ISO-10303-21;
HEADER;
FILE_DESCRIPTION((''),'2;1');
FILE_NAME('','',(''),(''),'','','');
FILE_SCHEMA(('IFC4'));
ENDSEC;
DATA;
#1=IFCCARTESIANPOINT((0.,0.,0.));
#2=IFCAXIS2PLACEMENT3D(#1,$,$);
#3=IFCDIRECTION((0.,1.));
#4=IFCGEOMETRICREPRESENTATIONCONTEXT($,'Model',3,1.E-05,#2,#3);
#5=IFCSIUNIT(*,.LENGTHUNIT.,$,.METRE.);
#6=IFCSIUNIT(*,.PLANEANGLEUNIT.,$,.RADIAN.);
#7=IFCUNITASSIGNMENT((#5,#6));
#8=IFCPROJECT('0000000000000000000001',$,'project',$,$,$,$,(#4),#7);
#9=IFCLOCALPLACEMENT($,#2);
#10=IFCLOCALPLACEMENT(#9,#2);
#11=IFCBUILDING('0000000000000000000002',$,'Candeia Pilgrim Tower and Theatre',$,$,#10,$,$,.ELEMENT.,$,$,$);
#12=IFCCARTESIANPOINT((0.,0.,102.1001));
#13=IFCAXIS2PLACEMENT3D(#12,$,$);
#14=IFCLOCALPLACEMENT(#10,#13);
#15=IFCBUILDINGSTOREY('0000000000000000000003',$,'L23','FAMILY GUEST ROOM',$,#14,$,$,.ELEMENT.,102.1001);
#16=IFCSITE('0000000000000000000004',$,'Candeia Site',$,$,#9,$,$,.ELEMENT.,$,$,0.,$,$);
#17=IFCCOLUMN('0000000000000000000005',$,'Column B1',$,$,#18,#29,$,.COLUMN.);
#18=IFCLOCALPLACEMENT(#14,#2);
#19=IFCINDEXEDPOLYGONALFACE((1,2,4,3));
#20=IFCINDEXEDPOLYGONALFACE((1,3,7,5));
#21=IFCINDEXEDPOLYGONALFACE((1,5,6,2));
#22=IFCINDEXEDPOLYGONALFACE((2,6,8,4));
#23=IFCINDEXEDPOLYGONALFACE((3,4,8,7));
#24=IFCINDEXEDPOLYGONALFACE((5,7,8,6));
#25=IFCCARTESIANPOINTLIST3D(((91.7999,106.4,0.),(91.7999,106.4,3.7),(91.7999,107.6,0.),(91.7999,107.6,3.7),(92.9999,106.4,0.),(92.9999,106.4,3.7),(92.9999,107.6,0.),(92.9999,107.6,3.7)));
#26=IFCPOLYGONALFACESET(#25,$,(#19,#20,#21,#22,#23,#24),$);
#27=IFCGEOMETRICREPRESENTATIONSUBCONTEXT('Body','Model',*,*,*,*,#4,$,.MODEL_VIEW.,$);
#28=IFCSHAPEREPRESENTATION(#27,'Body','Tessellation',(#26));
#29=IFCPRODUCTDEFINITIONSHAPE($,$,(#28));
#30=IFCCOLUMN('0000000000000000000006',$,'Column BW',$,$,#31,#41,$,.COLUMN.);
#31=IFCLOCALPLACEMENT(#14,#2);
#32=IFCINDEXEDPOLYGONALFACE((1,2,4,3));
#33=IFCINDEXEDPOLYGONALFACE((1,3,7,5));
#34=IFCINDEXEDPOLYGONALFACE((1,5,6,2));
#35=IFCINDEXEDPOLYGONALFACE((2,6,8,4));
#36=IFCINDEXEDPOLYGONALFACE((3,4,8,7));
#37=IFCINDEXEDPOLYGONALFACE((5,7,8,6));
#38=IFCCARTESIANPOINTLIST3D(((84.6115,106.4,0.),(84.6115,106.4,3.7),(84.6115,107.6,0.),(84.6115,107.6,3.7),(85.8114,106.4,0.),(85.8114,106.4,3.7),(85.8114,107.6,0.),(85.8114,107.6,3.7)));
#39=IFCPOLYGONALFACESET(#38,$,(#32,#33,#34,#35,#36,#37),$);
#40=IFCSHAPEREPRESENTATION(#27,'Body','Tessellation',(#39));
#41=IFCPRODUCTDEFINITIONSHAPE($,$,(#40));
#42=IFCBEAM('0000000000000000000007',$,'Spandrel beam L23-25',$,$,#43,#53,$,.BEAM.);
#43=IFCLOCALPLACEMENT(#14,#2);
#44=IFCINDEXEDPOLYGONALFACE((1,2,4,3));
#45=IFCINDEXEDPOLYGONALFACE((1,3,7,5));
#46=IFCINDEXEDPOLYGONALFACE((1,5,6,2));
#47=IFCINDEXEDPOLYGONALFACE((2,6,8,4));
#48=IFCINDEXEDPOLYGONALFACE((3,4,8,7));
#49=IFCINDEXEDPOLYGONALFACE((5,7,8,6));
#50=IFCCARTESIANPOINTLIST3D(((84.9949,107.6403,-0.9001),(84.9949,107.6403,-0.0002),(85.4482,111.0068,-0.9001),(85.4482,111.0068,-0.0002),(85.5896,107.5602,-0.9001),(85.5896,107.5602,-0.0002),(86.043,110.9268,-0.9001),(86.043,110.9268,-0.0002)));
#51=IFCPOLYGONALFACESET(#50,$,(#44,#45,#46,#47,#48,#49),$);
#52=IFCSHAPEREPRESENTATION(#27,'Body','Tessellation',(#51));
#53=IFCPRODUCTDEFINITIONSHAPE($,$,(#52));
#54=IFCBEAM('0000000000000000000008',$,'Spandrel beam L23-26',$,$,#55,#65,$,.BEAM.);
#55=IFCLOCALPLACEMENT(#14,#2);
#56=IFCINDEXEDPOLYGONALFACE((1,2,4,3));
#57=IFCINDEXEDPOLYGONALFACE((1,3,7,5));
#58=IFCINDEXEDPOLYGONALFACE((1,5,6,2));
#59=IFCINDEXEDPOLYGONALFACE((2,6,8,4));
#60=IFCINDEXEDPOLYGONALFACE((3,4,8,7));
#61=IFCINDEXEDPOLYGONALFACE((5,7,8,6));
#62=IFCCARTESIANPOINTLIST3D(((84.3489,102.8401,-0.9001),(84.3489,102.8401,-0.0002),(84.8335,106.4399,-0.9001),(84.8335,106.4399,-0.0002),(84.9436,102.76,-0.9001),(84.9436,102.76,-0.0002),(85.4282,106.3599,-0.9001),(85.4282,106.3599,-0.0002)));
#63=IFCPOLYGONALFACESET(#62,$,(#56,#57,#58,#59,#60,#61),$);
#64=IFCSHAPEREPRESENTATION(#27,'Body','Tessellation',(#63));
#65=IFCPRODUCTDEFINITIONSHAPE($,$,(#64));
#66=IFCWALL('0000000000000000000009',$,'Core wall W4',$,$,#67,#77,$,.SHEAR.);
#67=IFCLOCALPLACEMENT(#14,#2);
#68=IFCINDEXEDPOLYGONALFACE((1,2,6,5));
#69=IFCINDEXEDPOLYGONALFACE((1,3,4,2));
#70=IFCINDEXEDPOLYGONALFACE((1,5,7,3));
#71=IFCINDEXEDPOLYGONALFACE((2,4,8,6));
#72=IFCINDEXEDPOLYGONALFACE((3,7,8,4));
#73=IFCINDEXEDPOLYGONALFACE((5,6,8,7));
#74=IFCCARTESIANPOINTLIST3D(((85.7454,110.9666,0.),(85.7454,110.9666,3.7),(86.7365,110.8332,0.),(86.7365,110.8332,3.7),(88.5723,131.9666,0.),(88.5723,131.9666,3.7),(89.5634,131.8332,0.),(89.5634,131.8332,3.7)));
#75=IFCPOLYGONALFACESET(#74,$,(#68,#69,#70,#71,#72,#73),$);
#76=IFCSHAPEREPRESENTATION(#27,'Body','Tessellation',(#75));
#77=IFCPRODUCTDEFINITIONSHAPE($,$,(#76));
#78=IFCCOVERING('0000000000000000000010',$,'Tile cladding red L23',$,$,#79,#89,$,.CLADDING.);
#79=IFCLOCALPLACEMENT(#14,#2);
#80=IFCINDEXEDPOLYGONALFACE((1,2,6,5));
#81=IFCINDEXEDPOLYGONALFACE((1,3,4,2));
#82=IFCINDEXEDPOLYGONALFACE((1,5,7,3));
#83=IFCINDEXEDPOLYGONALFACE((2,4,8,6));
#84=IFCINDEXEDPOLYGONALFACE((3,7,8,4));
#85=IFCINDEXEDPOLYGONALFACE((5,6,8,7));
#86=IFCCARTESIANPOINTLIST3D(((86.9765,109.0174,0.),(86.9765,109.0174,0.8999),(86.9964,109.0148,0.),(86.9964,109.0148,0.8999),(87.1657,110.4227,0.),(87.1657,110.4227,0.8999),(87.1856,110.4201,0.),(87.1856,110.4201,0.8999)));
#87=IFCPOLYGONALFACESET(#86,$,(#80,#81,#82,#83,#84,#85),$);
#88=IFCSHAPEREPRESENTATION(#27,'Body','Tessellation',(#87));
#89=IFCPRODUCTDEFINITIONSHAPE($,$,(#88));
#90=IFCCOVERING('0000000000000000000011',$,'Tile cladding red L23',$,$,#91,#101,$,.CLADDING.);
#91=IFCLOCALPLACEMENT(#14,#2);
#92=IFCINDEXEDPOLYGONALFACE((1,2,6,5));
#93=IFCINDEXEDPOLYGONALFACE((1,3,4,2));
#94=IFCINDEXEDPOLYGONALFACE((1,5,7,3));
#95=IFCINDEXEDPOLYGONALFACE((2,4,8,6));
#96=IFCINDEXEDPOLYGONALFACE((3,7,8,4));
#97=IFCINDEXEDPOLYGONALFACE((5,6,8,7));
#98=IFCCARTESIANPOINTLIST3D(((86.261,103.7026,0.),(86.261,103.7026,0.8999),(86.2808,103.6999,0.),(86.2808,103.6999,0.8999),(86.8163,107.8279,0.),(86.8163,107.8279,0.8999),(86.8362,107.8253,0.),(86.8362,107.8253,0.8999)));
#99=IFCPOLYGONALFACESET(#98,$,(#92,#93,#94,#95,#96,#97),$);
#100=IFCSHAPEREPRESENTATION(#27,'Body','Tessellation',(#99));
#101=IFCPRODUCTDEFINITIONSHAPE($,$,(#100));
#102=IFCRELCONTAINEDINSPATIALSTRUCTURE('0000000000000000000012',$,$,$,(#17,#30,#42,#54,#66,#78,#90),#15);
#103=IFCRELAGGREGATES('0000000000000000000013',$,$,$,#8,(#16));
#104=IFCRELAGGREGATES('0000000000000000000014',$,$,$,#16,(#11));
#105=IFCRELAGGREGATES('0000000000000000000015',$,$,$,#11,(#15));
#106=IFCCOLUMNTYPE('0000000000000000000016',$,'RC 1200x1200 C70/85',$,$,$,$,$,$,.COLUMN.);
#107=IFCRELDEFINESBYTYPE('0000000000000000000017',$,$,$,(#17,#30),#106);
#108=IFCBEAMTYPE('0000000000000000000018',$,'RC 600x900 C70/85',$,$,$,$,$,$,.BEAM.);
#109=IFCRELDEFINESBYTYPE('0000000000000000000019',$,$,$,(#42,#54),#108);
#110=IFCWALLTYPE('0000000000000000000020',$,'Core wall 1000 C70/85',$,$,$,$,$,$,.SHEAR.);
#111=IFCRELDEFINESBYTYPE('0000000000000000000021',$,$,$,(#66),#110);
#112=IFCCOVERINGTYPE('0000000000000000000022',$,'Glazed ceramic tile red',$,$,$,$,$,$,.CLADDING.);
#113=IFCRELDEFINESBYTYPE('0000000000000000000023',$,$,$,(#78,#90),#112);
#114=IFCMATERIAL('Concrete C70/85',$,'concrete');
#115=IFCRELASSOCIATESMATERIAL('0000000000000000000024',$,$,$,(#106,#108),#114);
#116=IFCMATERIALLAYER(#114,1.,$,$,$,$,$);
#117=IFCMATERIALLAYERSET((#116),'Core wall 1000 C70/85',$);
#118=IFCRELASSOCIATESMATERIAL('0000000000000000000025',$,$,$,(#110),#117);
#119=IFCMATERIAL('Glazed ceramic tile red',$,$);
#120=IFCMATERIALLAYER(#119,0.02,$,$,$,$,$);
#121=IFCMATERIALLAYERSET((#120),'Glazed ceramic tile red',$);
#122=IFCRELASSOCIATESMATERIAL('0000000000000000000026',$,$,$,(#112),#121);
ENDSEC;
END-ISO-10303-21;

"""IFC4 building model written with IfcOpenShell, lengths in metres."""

from ifc_helpers import new_model, si_unit, direction, frame, frame_2d, origin, origin_2d, place, context, subcontext, project, spatial, rectangle, extrude, material, layer, layer_set, material_profile, profile_set, type_object, element, save


model = new_model("IFC4")

# Units and contexts
model_context = context("Model", 3, precision=1e-05, world=origin(), true_north=direction((0.0, 1.0)))
body_context = subcontext(model_context, "Body", "Model", "MODEL_VIEW")
ifc_project = project(units=[si_unit("LENGTHUNIT", "METRE"), si_unit("PLANEANGLEUNIT", "RADIAN")], contexts=[model_context])

# Site, building, storey
site_placement = place(None, origin())
site = spatial("IfcSite", under=ifc_project, at=site_placement, Name="Candeia Site", CompositionType="ELEMENT", RefElevation=0.0)
building_placement = place(site_placement, origin())
building = spatial("IfcBuilding", under=site, at=building_placement, Name="Candeia Pilgrim Tower and Theatre", CompositionType="ELEMENT")
storey_placement = place(building_placement, frame((0.0, 0.0, 102.1001)))
storey = spatial("IfcBuildingStorey", under=building, at=storey_placement, Name="L23", Description="FAMILY GUEST ROOM", CompositionType="ELEMENT", Elevation=102.1001)

# Columns
ifc_material_1 = material(Name="Concrete C70/85", Category="concrete")
ifc_material_profile_1 = material_profile(ifc_material_1, rectangle(XDim=1.2, YDim=1.2, at=origin_2d()))
ifc_profile_set_1 = profile_set([ifc_material_profile_1], Name="Concrete C70/85")
column_type = type_object("IfcColumnType", Name="RC 1200x1200 C70/85", PredefinedType="COLUMN", material=ifc_profile_set_1)
for number, where, z_axis, x_axis, name in (
    (1, (92.3999, 107.0, 0.0), (0.0, 0.0, 1.0), (1.0, 0.0, 0.0), "Column B1"),
    (2, (85.2114, 107.0, 0.0), (0.0, 0.0, 1.0), (1.0, 0.0, 0.0), "Column BW"),
):
    element("IfcColumn", number, at=place(storey_placement, frame(where, z_axis=z_axis, x_axis=x_axis)), inside=storey, type_object=column_type, Name=name, PredefinedType="COLUMN", context=body_context, shape_type="SweptSolid", body=[
        extrude(rectangle(XDim=1.2, YDim=1.2, at=origin_2d()), origin(), (0.0, 0.0, 1.0), 3.7),
    ])

# Beams
ifc_material_profile_2 = material_profile(ifc_material_1, rectangle(XDim=0.6001, YDim=0.8999, at=origin_2d()))
ifc_profile_set_2 = profile_set([ifc_material_profile_2], Name="Concrete C70/85")
beam_type = type_object("IfcBeamType", Name="RC 600x900 C70/85", PredefinedType="BEAM", material=ifc_profile_set_2)
beam_1_placement = place(storey_placement, frame((85.7456, 110.9668, -0.4502), z_axis=(-0.133458, -0.991054, 0.0), x_axis=(0.991054, -0.133458, 0.0)))
element("IfcBeam", 3, at=beam_1_placement, inside=storey, type_object=beam_type, Name="Spandrel beam L23-25", PredefinedType="BEAM", context=body_context, shape_type="SweptSolid", body=[
    extrude(rectangle(XDim=0.6001, YDim=0.8999, at=origin_2d()), origin(), (0.0, 0.0, 1.0), 3.397),
])
beam_2_placement = place(storey_placement, frame((85.1309, 106.3999, -0.4502), z_axis=(-0.133418, -0.99106, 0.0), x_axis=(0.99106, -0.133418, 0.0)))
element("IfcBeam", 4, at=beam_2_placement, inside=storey, type_object=beam_type, Name="Spandrel beam L23-26", PredefinedType="BEAM", context=body_context, shape_type="SweptSolid", body=[
    extrude(rectangle(XDim=0.6001, YDim=0.8999, at=origin_2d()), origin(), (0.0, 0.0, 1.0), 3.6323),
])

# Wall
ifc_layer_1 = layer(ifc_material_1, 1.0)
ifc_layer_set_1 = layer_set([ifc_layer_1], Name="Core wall 1000 C70/85")
wall_type_1 = type_object("IfcWallType", Name="Core wall 1000 C70/85", PredefinedType="SHEAR", material=ifc_layer_set_1)
wall_1_placement = place(storey_placement, frame((86.241, 110.8999, 0.0), z_axis=(0.0, 0.0, 1.0), x_axis=(0.133411, 0.991061, 0.0)))
element("IfcWall", 5, at=wall_1_placement, inside=storey, type_object=wall_type_1, Name="Core wall W4", PredefinedType="SHEAR", context=body_context, shape_type="SweptSolid", body=[
    extrude(rectangle(XDim=21.1895, YDim=1.0, at=frame_2d((10.5947, 0.0))), origin(), (0.0, 0.0, 1.0), 3.7),
])

# Coverings
ifc_material_2 = material(Name="Glazed ceramic tile red")
ifc_layer_2 = layer(ifc_material_2, 0.02)
ifc_layer_set_2 = layer_set([ifc_layer_2], Name="Glazed ceramic tile red")
covering_type = type_object("IfcCoveringType", Name="Glazed ceramic tile red", PredefinedType="CLADDING", material=ifc_layer_set_2)
covering_1_placement = place(storey_placement, frame((87.0811, 109.7188, 0.0), z_axis=(0.0, 0.0, 1.0), x_axis=(-0.133412, -0.991061, 0.0)))
element("IfcCovering", 6, at=covering_1_placement, inside=storey, type_object=covering_type, Name="Tile cladding red L23", PredefinedType="CLADDING", context=body_context, shape_type="SweptSolid", body=[
    extrude(rectangle(XDim=1.418, YDim=0.02, at=origin_2d()), origin(), (0.0, 0.0, 1.0), 0.8999),
])
covering_2_placement = place(storey_placement, frame((86.5486, 105.7639, 0.0), z_axis=(0.0, 0.0, 1.0), x_axis=(-0.133412, -0.991061, 0.0)))
element("IfcCovering", 7, at=covering_2_placement, inside=storey, type_object=covering_type, Name="Tile cladding red L23", PredefinedType="CLADDING", context=body_context, shape_type="SweptSolid", body=[
    extrude(rectangle(XDim=4.1626, YDim=0.02, at=origin_2d()), origin(), (0.0, 0.0, 1.0), 0.8999),
])

save(model, "model.ifc")
